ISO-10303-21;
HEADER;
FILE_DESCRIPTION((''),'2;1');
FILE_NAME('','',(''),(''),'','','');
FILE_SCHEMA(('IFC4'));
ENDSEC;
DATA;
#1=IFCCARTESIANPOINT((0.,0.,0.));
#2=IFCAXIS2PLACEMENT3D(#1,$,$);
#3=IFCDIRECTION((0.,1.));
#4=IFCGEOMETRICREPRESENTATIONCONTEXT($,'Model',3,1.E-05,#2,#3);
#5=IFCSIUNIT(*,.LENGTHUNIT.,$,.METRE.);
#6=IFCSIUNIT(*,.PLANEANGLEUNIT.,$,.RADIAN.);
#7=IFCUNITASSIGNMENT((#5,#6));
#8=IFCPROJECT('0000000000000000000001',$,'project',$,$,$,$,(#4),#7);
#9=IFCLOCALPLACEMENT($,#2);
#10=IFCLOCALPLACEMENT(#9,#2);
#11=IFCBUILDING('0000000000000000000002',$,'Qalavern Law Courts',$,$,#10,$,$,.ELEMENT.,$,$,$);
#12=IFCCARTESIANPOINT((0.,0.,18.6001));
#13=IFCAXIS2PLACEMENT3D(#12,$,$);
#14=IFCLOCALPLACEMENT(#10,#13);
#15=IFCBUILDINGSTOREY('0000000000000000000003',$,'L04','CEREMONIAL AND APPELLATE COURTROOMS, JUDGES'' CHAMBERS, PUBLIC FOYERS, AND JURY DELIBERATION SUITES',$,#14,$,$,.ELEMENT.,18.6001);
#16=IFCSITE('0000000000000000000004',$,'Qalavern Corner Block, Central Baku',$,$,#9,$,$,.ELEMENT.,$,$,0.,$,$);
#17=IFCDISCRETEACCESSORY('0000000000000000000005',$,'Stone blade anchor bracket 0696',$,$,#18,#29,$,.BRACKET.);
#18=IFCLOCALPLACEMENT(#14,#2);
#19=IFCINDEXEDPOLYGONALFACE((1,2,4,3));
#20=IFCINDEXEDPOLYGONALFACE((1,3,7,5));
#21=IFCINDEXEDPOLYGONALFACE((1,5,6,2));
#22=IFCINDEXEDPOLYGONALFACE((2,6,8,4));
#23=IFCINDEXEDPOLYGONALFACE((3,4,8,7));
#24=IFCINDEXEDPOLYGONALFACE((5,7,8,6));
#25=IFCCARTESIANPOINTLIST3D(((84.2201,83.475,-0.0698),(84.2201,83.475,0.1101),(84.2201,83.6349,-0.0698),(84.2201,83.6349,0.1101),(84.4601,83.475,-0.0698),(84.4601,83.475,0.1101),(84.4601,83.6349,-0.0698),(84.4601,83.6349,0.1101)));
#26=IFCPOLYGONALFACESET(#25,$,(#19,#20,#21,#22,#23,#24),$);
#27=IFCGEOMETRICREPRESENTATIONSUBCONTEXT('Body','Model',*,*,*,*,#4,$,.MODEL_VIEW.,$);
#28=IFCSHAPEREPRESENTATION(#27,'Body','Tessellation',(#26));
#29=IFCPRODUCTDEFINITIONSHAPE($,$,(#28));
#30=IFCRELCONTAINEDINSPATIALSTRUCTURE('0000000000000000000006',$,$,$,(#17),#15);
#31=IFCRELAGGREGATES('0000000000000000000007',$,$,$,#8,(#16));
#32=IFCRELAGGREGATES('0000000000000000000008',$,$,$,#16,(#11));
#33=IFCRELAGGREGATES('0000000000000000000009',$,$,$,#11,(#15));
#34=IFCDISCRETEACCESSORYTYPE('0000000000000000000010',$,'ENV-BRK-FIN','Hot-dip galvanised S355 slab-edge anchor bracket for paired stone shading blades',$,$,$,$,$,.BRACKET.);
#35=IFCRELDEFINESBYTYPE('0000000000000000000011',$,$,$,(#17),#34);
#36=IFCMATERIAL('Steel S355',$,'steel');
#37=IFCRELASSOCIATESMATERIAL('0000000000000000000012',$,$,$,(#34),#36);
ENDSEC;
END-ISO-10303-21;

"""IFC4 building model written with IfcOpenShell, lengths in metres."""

from ifc_helpers import new_model, si_unit, direction, frame, origin, origin_2d, place, context, subcontext, project, spatial, rectangle, extrude, material, type_object, element, save


model = new_model("IFC4")

# Units and contexts
model_context = context("Model", 3, precision=1e-05, world=origin(), true_north=direction((0.0, 1.0)))
body_context = subcontext(model_context, "Body", "Model", "MODEL_VIEW")
ifc_project = project(units=[si_unit("LENGTHUNIT", "METRE"), si_unit("PLANEANGLEUNIT", "RADIAN")], contexts=[model_context])

# Site, building, storey
site_placement = place(None, origin())
site = spatial("IfcSite", under=ifc_project, at=site_placement, Name="Qalavern Corner Block, Central Baku", CompositionType="ELEMENT", RefElevation=0.0)
building_placement = place(site_placement, origin())
building = spatial("IfcBuilding", under=site, at=building_placement, Name="Qalavern Law Courts", CompositionType="ELEMENT")
storey_placement = place(building_placement, frame((0.0, 0.0, 18.6001)))
storey = spatial("IfcBuildingStorey", under=building, at=storey_placement, Name="L04", Description="CEREMONIAL AND APPELLATE COURTROOMS, JUDGES' CHAMBERS, PUBLIC FOYERS, AND JURY DELIBERATION SUITES", CompositionType="ELEMENT", Elevation=18.6001)

# Shared definitions
ifc_material_1 = material(Name="Steel S355", Category="steel")

# Discrete accessory
discrete_accessory_type = type_object("IfcDiscreteAccessoryType", Name="ENV-BRK-FIN", Description="Hot-dip galvanised S355 slab-edge anchor bracket for paired stone shading blades", PredefinedType="BRACKET", material=ifc_material_1)
for number, where, z_axis, x_axis, name in (
    (1, (84.3401, 83.5549, -0.0698), (0.0, 0.0, 1.0), (-1.0, 0.0, 0.0), "Stone blade anchor bracket 0696"),
):
    element("IfcDiscreteAccessory", number, at=place(storey_placement, frame(where, z_axis=z_axis, x_axis=x_axis)), inside=storey, type_object=discrete_accessory_type, Name=name, PredefinedType="BRACKET", context=body_context, shape_type="SweptSolid", body=[
        extrude(rectangle(XDim=0.24, YDim=0.1599, at=origin_2d()), origin(), (0.0, 0.0, 1.0), 0.1799),
    ])

save(model, "model.ifc")
